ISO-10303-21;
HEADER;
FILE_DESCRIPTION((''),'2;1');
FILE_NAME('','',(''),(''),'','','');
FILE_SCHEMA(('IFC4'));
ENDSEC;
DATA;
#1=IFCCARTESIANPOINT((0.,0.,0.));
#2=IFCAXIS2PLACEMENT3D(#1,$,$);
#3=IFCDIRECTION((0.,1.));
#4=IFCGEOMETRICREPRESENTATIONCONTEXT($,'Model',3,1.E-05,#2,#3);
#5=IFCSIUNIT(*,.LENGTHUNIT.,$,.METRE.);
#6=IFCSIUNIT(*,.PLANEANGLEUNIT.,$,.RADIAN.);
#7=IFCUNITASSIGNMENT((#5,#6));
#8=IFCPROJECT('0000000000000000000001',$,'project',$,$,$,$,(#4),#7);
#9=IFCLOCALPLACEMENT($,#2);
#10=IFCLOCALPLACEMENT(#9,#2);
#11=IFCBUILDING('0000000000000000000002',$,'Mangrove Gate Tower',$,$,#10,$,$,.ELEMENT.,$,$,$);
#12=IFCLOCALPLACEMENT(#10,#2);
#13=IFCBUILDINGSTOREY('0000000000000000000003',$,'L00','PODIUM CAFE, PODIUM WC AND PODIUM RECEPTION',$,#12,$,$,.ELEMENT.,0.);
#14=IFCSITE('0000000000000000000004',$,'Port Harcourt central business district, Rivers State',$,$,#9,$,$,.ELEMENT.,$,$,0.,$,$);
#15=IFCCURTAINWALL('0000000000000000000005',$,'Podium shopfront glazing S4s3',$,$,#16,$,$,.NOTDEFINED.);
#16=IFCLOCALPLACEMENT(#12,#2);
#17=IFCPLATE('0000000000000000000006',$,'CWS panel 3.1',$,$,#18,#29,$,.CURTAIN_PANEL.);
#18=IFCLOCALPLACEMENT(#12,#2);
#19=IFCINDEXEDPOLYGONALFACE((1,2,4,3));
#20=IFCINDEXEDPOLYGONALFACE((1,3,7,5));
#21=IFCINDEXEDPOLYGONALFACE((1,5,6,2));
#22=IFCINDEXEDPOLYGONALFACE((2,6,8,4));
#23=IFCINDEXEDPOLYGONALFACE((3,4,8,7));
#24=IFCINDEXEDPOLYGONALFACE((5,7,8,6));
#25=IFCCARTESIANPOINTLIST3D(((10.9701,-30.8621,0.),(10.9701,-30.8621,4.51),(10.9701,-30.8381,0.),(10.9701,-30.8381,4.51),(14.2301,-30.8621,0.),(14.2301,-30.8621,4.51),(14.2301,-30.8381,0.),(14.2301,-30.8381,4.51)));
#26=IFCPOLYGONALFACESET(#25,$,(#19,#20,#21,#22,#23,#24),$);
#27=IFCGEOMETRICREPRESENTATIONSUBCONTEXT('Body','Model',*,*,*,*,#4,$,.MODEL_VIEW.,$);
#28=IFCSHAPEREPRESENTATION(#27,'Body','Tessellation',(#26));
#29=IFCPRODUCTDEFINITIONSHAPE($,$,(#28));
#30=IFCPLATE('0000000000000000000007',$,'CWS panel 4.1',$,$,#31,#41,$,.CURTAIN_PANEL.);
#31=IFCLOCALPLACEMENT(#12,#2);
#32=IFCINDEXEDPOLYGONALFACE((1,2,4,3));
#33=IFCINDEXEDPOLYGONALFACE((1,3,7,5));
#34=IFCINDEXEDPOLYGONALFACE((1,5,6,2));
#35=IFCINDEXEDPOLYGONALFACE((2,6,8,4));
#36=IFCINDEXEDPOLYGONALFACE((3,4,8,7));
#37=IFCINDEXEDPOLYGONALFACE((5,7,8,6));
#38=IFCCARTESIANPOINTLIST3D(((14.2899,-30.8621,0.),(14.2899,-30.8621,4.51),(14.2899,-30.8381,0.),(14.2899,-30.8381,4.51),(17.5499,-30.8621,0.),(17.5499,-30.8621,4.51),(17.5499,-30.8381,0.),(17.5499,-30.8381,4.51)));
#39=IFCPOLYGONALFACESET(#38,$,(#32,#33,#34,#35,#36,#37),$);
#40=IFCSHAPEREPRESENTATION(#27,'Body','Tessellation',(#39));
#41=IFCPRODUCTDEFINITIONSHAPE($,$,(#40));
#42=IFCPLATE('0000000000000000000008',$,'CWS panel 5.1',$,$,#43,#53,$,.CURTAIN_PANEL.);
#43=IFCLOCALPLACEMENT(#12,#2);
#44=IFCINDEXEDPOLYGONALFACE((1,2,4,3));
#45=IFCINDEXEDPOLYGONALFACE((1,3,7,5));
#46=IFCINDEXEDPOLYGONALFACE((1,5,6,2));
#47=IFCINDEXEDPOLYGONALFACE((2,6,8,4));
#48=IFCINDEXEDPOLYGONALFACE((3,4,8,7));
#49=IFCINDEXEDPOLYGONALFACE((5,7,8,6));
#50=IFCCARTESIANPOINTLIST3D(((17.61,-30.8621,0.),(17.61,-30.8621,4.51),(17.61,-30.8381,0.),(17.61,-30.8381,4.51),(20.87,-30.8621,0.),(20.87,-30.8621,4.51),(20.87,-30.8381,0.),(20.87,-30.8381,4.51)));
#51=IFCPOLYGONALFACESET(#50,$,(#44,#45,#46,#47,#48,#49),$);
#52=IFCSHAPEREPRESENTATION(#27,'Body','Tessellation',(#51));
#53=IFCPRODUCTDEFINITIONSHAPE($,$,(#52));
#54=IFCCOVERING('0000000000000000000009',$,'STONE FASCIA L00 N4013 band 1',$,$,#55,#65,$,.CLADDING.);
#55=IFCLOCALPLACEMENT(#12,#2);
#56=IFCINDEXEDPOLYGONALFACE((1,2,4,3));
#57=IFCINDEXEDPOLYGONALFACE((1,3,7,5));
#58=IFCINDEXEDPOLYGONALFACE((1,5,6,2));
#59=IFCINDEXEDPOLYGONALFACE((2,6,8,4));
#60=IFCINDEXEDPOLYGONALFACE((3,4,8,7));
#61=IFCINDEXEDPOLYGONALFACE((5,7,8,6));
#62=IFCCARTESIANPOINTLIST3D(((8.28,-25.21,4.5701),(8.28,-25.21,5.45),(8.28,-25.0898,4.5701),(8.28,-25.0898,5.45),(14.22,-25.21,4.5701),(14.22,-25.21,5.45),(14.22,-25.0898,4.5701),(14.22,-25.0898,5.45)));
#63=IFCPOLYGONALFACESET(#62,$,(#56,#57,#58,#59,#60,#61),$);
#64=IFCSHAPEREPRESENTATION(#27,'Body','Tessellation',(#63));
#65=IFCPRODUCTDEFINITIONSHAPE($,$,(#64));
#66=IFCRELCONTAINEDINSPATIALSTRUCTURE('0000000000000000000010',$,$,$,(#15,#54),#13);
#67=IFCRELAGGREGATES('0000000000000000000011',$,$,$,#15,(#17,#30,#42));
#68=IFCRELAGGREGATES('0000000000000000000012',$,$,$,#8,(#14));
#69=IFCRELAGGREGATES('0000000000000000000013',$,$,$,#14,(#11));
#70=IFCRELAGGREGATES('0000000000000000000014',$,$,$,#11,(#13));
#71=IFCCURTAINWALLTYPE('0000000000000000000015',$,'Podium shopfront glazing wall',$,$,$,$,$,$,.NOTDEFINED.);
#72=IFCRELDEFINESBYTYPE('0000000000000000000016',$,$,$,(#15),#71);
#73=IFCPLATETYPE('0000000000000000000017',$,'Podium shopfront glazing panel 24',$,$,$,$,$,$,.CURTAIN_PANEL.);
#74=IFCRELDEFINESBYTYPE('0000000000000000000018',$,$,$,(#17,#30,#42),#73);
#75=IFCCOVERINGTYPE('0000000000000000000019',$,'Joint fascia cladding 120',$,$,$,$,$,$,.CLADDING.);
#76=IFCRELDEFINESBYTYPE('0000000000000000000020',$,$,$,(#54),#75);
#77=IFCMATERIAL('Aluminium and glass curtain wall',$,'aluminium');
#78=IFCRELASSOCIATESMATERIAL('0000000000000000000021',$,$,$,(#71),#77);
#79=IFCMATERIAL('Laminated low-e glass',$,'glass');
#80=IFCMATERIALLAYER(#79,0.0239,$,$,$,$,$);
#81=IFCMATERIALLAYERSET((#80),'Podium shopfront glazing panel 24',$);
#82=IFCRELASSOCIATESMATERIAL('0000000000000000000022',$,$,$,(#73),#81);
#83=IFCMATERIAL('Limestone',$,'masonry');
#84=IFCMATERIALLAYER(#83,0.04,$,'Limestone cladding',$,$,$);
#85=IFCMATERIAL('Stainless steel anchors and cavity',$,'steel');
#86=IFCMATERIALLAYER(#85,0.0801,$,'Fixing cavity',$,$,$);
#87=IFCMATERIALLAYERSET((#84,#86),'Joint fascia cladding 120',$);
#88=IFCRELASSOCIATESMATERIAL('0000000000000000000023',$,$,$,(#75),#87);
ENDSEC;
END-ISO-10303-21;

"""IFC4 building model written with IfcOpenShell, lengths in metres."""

from ifc_helpers import new_model, si_unit, direction, frame, frame_2d, origin, origin_2d, place, context, subcontext, project, spatial, rectangle, extrude, material, layer, layer_set, type_object, element, aggregate, save


model = new_model("IFC4")

# Units and contexts
model_context = context("Model", 3, precision=1e-05, world=origin(), true_north=direction((0.0, 1.0)))
body_context = subcontext(model_context, "Body", "Model", "MODEL_VIEW")
ifc_project = project(units=[si_unit("LENGTHUNIT", "METRE"), si_unit("PLANEANGLEUNIT", "RADIAN")], contexts=[model_context])

# Site, building, storey
site_placement = place(None, origin())
site = spatial("IfcSite", under=ifc_project, at=site_placement, Name="Port Harcourt central business district, Rivers State", CompositionType="ELEMENT", RefElevation=0.0)
building_placement = place(site_placement, origin())
building = spatial("IfcBuilding", under=site, at=building_placement, Name="Mangrove Gate Tower", CompositionType="ELEMENT")
storey_placement = place(building_placement, origin())
storey = spatial("IfcBuildingStorey", under=building, at=storey_placement, Name="L00", Description="PODIUM CAFE, PODIUM WC AND PODIUM RECEPTION", CompositionType="ELEMENT", Elevation=0.0)

# Curtain wall
ifc_material_1 = material(Name="Aluminium and glass curtain wall", Category="aluminium")
curtain_wall_type = type_object("IfcCurtainWallType", Name="Podium shopfront glazing wall", PredefinedType="NOTDEFINED", material=ifc_material_1)
curtain_wall_1_placement = place(storey_placement, origin())
curtain_wall_1 = element("IfcCurtainWall", 1, at=curtain_wall_1_placement, inside=storey, type_object=curtain_wall_type, Name="Podium shopfront glazing S4s3", PredefinedType="NOTDEFINED")

# Plates
ifc_material_2 = material(Name="Laminated low-e glass", Category="glass")
ifc_layer_1 = layer(ifc_material_2, 0.0239)
ifc_layer_set_1 = layer_set([ifc_layer_1], Name="Podium shopfront glazing panel 24")
plate_type = type_object("IfcPlateType", Name="Podium shopfront glazing panel 24", PredefinedType="CURTAIN_PANEL", material=ifc_layer_set_1)
plate_1_placement = place(storey_placement, frame((12.6001, -30.8501, 0.0), z_axis=(0.0, 0.0, 1.0), x_axis=(1.0, 0.0, 0.0)))
plate_1 = element("IfcPlate", 2, at=plate_1_placement, type_object=plate_type, Name="CWS panel 3.1", PredefinedType="CURTAIN_PANEL", context=body_context, shape_type="SweptSolid", body=[
    extrude(rectangle(XDim=3.26, YDim=0.0239, at=origin_2d()), origin(), (0.0, 0.0, 1.0), 4.51),
])
plate_2_placement = place(storey_placement, frame((15.9199, -30.8501, 0.0), z_axis=(0.0, 0.0, 1.0), x_axis=(1.0, 0.0, 0.0)))
plate_2 = element("IfcPlate", 3, at=plate_2_placement, type_object=plate_type, Name="CWS panel 4.1", PredefinedType="CURTAIN_PANEL", context=body_context, shape_type="SweptSolid", body=[
    extrude(rectangle(XDim=3.26, YDim=0.0239, at=origin_2d()), origin(), (0.0, 0.0, 1.0), 4.51),
])
plate_3_placement = place(storey_placement, frame((19.24, -30.8501, 0.0), z_axis=(0.0, 0.0, 1.0), x_axis=(1.0, 0.0, 0.0)))
plate_3 = element("IfcPlate", 4, at=plate_3_placement, type_object=plate_type, Name="CWS panel 5.1", PredefinedType="CURTAIN_PANEL", context=body_context, shape_type="SweptSolid", body=[
    extrude(rectangle(XDim=3.26, YDim=0.0239, at=origin_2d()), origin(), (0.0, 0.0, 1.0), 4.51),
])
aggregate(curtain_wall_1, [plate_1, plate_2, plate_3])

# Covering
ifc_material_3 = material(Name="Limestone", Category="masonry")
ifc_layer_2 = layer(ifc_material_3, 0.04, Name="Limestone cladding")
ifc_material_4 = material(Name="Stainless steel anchors and cavity", Category="steel")
ifc_layer_3 = layer(ifc_material_4, 0.0801, Name="Fixing cavity")
ifc_layer_set_2 = layer_set([ifc_layer_2, ifc_layer_3], Name="Joint fascia cladding 120")
covering_type = type_object("IfcCoveringType", Name="Joint fascia cladding 120", PredefinedType="CLADDING", material=ifc_layer_set_2)
covering_placement = place(storey_placement, frame((14.22, -25.1499, 4.5701), z_axis=(0.0, 0.0, 1.0), x_axis=(-1.0, 0.0, 0.0)))
element("IfcCovering", 5, at=covering_placement, inside=storey, type_object=covering_type, Name="STONE FASCIA L00 N4013 band 1", PredefinedType="CLADDING", context=body_context, shape_type="SweptSolid", body=[
    extrude(rectangle(XDim=5.9399, YDim=0.1201, at=frame_2d((2.97, 0.0))), origin(), (0.0, 0.0, 1.0), 0.8799),
])

save(model, "model.ifc")
